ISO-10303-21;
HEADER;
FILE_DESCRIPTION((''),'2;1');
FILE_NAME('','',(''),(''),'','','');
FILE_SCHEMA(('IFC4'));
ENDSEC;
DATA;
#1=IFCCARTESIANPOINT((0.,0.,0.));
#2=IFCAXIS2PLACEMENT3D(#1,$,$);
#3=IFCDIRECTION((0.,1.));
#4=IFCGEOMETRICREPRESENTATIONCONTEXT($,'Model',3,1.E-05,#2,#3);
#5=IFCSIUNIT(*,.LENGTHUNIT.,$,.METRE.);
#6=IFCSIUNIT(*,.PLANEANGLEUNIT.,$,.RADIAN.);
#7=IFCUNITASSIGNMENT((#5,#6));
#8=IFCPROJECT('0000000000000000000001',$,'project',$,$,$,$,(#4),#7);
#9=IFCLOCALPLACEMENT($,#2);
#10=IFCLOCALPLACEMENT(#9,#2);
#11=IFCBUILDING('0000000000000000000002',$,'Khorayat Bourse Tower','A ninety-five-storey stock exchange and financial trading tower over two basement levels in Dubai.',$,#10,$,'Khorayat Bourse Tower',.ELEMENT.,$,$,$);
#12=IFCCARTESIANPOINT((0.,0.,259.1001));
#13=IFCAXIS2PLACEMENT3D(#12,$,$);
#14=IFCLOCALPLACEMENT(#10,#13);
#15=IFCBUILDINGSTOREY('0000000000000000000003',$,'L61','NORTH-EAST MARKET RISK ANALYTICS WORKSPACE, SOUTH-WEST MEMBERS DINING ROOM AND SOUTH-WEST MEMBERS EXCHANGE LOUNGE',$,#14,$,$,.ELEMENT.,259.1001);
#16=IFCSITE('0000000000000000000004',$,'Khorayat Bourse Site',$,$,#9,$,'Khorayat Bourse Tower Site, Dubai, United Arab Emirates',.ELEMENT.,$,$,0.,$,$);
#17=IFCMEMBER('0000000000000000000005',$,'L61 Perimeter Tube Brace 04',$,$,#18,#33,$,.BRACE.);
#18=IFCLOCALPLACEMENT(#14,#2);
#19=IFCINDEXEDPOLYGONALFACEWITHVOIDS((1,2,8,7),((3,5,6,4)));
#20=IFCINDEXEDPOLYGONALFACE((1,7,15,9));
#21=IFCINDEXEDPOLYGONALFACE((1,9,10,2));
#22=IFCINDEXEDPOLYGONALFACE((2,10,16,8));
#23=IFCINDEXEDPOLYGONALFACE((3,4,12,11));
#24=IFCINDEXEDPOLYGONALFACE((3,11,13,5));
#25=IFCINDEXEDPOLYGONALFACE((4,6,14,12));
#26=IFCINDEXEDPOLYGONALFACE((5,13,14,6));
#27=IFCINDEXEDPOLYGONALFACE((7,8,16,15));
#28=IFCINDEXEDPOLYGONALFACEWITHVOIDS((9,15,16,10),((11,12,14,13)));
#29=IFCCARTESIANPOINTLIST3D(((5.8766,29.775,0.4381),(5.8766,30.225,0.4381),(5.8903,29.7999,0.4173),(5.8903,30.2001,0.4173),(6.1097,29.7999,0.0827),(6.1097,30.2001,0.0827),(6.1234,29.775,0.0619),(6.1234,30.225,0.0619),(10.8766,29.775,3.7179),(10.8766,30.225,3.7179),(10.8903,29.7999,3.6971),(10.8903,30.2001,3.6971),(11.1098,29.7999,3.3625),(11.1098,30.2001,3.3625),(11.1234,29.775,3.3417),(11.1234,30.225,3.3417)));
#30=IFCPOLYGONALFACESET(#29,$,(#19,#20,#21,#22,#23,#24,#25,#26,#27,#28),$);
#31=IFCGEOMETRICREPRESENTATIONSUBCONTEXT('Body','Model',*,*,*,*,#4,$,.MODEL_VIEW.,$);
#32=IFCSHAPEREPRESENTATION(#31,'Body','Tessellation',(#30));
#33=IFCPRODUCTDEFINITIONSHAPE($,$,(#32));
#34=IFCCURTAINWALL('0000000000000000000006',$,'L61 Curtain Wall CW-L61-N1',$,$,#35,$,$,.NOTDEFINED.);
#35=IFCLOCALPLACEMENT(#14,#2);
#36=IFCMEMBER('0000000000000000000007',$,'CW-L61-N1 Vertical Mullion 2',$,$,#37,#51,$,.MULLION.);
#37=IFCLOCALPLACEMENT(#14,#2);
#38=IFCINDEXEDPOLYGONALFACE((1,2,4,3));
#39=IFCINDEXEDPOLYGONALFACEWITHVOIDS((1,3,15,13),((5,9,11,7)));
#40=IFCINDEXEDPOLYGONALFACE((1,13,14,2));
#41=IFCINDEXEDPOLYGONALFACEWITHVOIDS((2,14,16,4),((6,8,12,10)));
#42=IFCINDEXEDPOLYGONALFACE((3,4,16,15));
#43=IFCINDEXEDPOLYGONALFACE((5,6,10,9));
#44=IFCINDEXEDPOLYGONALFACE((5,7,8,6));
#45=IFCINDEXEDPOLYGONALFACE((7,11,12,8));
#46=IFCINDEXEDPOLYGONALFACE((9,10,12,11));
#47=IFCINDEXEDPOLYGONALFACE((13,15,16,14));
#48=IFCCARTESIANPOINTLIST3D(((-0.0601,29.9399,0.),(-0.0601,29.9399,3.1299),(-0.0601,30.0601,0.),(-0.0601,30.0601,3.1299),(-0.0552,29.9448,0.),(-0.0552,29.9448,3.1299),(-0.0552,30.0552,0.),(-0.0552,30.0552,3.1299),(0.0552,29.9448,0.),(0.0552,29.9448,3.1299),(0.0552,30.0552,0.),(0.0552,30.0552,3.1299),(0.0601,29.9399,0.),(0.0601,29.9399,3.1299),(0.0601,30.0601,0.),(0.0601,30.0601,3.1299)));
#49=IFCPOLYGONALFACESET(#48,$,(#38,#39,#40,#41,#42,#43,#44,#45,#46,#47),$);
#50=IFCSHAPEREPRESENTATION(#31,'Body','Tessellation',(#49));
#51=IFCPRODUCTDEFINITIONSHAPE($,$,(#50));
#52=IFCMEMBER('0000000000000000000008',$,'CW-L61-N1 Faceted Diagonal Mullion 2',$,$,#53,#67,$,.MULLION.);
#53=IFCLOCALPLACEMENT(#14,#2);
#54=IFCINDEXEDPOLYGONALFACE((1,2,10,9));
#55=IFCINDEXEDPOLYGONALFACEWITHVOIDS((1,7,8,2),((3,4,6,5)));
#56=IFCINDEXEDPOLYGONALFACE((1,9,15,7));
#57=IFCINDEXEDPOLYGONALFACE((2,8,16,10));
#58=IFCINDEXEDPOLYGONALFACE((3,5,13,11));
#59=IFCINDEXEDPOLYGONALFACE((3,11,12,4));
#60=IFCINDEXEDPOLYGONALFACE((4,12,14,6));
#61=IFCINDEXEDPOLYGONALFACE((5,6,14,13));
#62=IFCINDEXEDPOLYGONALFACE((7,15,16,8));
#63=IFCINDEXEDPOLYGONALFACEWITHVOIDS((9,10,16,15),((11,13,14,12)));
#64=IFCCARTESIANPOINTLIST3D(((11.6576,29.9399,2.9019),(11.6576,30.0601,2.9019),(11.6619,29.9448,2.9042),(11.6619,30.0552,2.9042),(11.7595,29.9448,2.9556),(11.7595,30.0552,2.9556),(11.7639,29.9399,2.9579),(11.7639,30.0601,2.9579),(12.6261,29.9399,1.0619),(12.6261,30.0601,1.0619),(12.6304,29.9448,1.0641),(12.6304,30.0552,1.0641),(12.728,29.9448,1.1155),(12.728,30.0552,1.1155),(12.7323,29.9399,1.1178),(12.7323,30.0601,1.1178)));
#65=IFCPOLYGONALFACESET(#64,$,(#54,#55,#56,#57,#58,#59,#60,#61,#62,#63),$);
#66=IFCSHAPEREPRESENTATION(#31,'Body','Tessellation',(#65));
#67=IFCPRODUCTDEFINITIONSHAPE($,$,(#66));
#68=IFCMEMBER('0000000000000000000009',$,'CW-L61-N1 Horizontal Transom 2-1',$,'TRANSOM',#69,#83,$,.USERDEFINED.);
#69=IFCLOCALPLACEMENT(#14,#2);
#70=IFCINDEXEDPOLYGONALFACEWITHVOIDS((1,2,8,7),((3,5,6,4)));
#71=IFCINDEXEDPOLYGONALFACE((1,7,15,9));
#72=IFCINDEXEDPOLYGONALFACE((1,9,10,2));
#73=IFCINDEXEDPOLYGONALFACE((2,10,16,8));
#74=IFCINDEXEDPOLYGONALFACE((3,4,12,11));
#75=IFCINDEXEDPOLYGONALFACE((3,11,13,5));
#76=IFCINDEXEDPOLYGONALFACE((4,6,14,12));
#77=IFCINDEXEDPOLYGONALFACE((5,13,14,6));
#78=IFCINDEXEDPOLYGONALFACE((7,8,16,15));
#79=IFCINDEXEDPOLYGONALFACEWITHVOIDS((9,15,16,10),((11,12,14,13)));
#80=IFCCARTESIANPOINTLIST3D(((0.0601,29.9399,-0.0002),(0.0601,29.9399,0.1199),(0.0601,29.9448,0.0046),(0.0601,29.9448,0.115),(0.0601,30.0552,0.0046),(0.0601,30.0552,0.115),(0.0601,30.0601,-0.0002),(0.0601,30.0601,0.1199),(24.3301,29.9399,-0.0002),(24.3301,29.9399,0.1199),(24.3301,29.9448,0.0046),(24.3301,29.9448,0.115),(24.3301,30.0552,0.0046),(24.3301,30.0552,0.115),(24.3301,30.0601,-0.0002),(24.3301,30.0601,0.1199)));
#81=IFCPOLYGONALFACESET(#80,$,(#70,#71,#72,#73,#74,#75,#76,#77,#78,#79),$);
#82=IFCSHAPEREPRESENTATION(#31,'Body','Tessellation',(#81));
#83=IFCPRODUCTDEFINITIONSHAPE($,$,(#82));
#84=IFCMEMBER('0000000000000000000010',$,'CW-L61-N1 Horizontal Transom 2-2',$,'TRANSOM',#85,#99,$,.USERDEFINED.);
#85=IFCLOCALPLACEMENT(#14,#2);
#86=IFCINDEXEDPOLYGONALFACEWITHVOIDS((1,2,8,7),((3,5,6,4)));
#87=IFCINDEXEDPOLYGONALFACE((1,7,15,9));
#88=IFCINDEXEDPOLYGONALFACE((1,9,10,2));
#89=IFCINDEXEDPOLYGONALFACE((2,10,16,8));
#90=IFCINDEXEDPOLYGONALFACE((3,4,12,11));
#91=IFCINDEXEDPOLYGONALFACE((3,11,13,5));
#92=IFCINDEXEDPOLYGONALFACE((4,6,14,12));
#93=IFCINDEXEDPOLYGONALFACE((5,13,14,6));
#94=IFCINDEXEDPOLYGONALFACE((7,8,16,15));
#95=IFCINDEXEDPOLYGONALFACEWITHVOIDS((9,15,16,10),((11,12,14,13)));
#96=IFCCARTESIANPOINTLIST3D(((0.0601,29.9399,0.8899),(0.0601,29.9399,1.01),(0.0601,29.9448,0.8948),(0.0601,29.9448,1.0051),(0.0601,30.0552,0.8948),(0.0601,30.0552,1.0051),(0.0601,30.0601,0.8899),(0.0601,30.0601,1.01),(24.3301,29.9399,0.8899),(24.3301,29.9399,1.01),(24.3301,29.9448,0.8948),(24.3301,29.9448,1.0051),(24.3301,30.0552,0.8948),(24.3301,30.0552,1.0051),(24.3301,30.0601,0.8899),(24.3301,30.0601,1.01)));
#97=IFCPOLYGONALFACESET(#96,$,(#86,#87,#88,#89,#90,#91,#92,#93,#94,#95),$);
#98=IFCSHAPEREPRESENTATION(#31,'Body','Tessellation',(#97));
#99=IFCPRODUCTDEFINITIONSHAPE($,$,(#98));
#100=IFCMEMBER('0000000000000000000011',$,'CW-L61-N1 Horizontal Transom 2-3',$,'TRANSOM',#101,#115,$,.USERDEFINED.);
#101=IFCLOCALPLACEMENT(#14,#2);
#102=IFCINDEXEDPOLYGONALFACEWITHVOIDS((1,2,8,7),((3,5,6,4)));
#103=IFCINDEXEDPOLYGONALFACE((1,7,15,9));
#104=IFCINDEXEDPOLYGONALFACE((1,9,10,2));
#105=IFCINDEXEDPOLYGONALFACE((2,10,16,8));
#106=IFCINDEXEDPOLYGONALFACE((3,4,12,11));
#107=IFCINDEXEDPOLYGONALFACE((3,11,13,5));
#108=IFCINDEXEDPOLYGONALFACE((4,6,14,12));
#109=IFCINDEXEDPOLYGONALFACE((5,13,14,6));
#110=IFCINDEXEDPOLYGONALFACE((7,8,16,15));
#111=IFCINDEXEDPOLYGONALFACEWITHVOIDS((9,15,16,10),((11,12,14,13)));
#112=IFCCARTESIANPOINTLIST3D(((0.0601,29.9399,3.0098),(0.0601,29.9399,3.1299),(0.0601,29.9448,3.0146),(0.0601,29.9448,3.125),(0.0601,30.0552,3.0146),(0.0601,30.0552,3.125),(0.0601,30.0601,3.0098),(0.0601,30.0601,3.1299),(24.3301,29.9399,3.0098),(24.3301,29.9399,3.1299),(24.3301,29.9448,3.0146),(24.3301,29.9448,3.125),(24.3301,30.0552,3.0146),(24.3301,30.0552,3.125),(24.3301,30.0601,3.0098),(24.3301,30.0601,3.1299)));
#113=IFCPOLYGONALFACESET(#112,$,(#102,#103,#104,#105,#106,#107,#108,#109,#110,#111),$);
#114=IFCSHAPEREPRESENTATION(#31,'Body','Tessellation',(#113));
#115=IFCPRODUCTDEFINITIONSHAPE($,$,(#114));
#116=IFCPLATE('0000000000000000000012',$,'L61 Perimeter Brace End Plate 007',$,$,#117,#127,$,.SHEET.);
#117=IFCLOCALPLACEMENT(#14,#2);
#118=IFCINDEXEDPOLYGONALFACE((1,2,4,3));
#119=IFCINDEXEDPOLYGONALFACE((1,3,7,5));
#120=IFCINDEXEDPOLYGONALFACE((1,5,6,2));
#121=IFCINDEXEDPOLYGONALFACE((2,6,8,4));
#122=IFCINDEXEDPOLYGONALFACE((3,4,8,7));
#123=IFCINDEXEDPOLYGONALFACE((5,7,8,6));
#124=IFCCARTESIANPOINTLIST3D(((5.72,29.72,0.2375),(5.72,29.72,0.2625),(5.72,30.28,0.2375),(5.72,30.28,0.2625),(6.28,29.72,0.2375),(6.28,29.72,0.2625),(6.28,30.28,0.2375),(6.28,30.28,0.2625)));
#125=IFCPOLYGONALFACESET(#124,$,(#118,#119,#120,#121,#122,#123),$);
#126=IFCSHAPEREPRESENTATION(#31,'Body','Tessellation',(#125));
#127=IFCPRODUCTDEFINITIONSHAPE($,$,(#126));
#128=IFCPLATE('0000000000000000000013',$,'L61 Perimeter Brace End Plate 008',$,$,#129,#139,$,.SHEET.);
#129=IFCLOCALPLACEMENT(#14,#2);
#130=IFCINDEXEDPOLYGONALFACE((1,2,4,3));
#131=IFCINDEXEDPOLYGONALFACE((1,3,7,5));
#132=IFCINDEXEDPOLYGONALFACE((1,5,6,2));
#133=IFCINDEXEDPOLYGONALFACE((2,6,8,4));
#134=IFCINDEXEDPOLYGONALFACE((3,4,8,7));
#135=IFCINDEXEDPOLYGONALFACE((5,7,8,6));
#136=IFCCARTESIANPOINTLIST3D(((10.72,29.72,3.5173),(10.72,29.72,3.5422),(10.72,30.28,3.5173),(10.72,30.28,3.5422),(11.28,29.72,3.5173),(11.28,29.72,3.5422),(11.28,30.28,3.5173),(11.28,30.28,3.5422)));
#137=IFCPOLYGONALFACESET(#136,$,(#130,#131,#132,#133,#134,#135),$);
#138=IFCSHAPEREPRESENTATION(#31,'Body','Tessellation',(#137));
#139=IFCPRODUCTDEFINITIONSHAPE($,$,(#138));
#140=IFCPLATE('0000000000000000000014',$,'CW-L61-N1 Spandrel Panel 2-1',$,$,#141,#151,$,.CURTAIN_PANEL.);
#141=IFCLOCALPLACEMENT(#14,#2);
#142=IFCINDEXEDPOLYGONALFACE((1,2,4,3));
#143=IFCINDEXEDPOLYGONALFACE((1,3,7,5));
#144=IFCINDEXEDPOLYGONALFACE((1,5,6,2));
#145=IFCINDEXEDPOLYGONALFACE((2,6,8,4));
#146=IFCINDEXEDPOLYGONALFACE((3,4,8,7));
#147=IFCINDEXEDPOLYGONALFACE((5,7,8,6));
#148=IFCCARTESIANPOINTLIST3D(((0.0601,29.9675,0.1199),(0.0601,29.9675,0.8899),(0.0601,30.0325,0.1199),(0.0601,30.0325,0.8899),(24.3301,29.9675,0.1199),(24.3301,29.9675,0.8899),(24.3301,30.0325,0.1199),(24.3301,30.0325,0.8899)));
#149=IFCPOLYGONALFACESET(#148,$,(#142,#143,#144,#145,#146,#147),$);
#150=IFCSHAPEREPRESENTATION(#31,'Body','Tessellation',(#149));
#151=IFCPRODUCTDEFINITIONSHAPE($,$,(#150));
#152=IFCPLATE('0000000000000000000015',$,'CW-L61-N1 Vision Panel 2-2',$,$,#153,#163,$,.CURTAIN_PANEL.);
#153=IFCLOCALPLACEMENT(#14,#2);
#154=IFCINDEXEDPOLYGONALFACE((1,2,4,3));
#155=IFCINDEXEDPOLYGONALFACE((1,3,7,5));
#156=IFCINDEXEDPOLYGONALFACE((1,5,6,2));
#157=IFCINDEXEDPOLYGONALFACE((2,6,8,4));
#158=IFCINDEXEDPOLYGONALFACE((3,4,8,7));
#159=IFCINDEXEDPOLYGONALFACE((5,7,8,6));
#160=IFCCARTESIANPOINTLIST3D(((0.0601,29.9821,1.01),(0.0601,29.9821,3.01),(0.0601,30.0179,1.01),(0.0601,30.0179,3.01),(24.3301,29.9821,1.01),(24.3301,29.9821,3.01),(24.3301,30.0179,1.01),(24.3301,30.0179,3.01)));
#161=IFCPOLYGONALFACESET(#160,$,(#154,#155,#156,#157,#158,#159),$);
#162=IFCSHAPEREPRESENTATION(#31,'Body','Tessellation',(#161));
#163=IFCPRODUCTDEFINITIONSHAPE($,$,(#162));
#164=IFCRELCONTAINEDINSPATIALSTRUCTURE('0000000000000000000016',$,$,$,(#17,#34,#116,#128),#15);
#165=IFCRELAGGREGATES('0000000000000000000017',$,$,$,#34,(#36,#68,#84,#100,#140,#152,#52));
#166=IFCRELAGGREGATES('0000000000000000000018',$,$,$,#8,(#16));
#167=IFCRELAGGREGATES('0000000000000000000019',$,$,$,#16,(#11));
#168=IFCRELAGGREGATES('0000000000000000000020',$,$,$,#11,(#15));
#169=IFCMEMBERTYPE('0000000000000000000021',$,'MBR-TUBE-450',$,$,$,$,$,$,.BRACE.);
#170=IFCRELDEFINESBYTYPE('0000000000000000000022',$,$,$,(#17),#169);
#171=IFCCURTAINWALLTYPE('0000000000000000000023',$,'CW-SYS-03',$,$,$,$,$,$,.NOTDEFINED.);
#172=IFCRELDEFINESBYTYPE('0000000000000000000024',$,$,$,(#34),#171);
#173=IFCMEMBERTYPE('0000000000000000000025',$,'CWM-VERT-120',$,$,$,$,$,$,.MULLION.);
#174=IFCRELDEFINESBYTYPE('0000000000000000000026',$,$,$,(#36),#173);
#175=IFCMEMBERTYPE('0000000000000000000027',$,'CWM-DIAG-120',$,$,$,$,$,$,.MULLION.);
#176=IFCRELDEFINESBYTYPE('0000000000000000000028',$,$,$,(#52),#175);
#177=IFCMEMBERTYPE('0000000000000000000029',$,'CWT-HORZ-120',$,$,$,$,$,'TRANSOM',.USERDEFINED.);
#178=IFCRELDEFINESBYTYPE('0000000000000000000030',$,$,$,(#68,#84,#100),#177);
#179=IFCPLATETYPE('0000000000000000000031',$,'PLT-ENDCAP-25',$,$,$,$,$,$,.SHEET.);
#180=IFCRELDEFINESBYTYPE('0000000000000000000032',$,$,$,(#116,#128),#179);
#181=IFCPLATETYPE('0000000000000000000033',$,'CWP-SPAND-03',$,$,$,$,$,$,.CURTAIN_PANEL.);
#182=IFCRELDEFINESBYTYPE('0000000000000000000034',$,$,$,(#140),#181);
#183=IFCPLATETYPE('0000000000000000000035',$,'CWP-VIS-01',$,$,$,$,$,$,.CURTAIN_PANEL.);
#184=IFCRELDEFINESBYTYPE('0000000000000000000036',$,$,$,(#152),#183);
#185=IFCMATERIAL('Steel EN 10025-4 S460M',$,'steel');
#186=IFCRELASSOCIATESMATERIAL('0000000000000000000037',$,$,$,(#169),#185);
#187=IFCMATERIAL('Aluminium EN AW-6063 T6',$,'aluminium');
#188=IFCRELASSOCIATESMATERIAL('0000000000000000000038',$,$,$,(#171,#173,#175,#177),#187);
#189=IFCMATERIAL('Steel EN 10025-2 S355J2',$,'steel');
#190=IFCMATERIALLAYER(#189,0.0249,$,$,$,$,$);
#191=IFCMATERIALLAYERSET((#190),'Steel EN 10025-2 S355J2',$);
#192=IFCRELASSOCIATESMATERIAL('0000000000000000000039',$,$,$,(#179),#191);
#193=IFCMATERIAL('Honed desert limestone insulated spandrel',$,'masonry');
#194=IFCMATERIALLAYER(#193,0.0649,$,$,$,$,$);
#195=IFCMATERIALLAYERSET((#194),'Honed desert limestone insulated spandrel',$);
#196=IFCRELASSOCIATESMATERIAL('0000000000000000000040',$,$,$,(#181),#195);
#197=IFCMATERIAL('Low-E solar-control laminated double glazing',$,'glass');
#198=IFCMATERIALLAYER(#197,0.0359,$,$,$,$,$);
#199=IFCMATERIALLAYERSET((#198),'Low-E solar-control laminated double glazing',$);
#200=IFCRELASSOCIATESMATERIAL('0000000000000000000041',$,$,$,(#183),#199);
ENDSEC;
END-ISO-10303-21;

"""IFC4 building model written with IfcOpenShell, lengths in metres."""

from ifc_helpers import new_model, si_unit, direction, frame, origin, origin_2d, place, context, subcontext, project, spatial, rectangle, hollow_rectangle, extrude, source, transform, mapped, material, layer, layer_set, material_profile, profile_set, type_object, element, aggregate, save


model = new_model("IFC4")

# Units and contexts
model_context = context("Model", 3, precision=1e-05, world=origin(), true_north=direction((0.0, 1.0)))
body_context = subcontext(model_context, "Body", "Model", "MODEL_VIEW")
ifc_project = project(units=[si_unit("LENGTHUNIT", "METRE"), si_unit("PLANEANGLEUNIT", "RADIAN")], contexts=[model_context])

# Site, building, storey
site_placement = place(None, origin())
site = spatial("IfcSite", under=ifc_project, at=site_placement, Name="Khorayat Bourse Site", LongName="Khorayat Bourse Tower Site, Dubai, United Arab Emirates", CompositionType="ELEMENT", RefElevation=0.0)
building_placement = place(site_placement, origin())
building = spatial("IfcBuilding", under=site, at=building_placement, Name="Khorayat Bourse Tower", Description="A ninety-five-storey stock exchange and financial trading tower over two basement levels in Dubai.", LongName="Khorayat Bourse Tower", CompositionType="ELEMENT")
storey_placement = place(building_placement, frame((0.0, 0.0, 259.1001)))
storey = spatial("IfcBuildingStorey", under=building, at=storey_placement, Name="L61", Description="NORTH-EAST MARKET RISK ANALYTICS WORKSPACE, SOUTH-WEST MEMBERS DINING ROOM AND SOUTH-WEST MEMBERS EXCHANGE LOUNGE", CompositionType="ELEMENT", Elevation=259.1001)

# Shared definitions
ifc_material_1 = material(Name="Steel EN 10025-4 S460M", Category="steel")

# Member
ifc_material_profile_1 = material_profile(ifc_material_1, hollow_rectangle(XDim=0.45, YDim=0.45, WallThickness=0.0249, at=origin_2d()), Name="HSS 450x450x25")
ifc_profile_set_1 = profile_set([ifc_material_profile_1], Name="Steel EN 10025-4 S460M")
member_type_1 = type_object("IfcMemberType", Name="MBR-TUBE-450", PredefinedType="BRACE", material=ifc_profile_set_1)
shared_shape_1 = source(origin(), body_context, "Body", "SweptSolid", [
    extrude(hollow_rectangle(XDim=0.45, YDim=0.45, WallThickness=0.0249, at=origin_2d()), origin(), (0.0, 0.0, 1.0), 5.9797),
])
member_1_placement = place(storey_placement, frame((6.0, 30.0, 0.25), z_axis=(0.83616, 0.0, 0.548485), x_axis=(0.0, 1.0, 0.0)))
element("IfcMember", 1, at=member_1_placement, inside=storey, type_object=member_type_1, Name="L61 Perimeter Tube Brace 04", PredefinedType="BRACE", context=body_context, shape_type="MappedRepresentation", body=[
    mapped(shared_shape_1, transform((0.0, 0.0, 0.0), scale=1.0)),
])

# Curtain wall, members
ifc_material_2 = material(Name="Aluminium EN AW-6063 T6", Category="aluminium")
curtain_wall_type = type_object("IfcCurtainWallType", Name="CW-SYS-03", PredefinedType="NOTDEFINED", material=ifc_material_2)
curtain_wall_placement = place(storey_placement, origin())
curtain_wall = element("IfcCurtainWall", 2, at=curtain_wall_placement, inside=storey, type_object=curtain_wall_type, Name="L61 Curtain Wall CW-L61-N1", PredefinedType="NOTDEFINED")
ifc_material_profile_2 = material_profile(ifc_material_2, hollow_rectangle(XDim=0.1201, YDim=0.1201, WallThickness=0.0049, at=origin_2d()), Name="ALU 120x120x5")
ifc_profile_set_2 = profile_set([ifc_material_profile_2], Name="Aluminium EN AW-6063 T6")
member_type_2 = type_object("IfcMemberType", Name="CWM-VERT-120", PredefinedType="MULLION", material=ifc_profile_set_2)
shared_shape_2 = source(origin(), body_context, "Body", "SweptSolid", [
    extrude(hollow_rectangle(XDim=0.1201, YDim=0.1201, WallThickness=0.0049, at=origin_2d()), origin(), (0.0, 0.0, 1.0), 3.1299),
])
member_2_placement = place(storey_placement, frame((0.0, 30.0, 0.0), z_axis=(0.0, 0.0, 1.0), x_axis=(0.0, 1.0, 0.0)))
member_2 = element("IfcMember", 3, at=member_2_placement, type_object=member_type_2, Name="CW-L61-N1 Vertical Mullion 2", PredefinedType="MULLION", context=body_context, shape_type="MappedRepresentation", body=[
    mapped(shared_shape_2, transform((0.0, 0.0, 0.0), scale=1.0)),
])
ifc_material_profile_3 = material_profile(ifc_material_2, hollow_rectangle(XDim=0.1201, YDim=0.1201, WallThickness=0.0049, at=origin_2d()), Name="ALU 120x120x5")
ifc_profile_set_3 = profile_set([ifc_material_profile_3], Name="Aluminium EN AW-6063 T6")
member_type_3 = type_object("IfcMemberType", Name="CWM-DIAG-120", PredefinedType="MULLION", material=ifc_profile_set_3)
shared_shape_3 = source(origin(), body_context, "Body", "SweptSolid", [
    extrude(hollow_rectangle(XDim=0.1201, YDim=0.1201, WallThickness=0.0049, at=origin_2d()), origin(), (0.0, 0.0, 1.0), 2.0793),
])
member_3_placement = place(storey_placement, frame((12.6792, 30.0, 1.0898), z_axis=(-0.465761, 0.0, 0.884911), x_axis=(0.0, -1.0, 0.0)))
member_3 = element("IfcMember", 4, at=member_3_placement, type_object=member_type_3, Name="CW-L61-N1 Faceted Diagonal Mullion 2", PredefinedType="MULLION", context=body_context, shape_type="MappedRepresentation", body=[
    mapped(shared_shape_3, transform((0.0, 0.0, 0.0), scale=1.0)),
])
ifc_material_profile_4 = material_profile(ifc_material_2, hollow_rectangle(XDim=0.1201, YDim=0.1201, WallThickness=0.0049, at=origin_2d()), Name="ALU 120x120x5")
ifc_profile_set_4 = profile_set([ifc_material_profile_4], Name="Aluminium EN AW-6063 T6")
member_type_4 = type_object("IfcMemberType", Name="CWT-HORZ-120", ElementType="TRANSOM", PredefinedType="USERDEFINED", material=ifc_profile_set_4)
shared_shape_4 = source(origin(), body_context, "Body", "SweptSolid", [
    extrude(hollow_rectangle(XDim=0.1201, YDim=0.1201, WallThickness=0.0049, at=origin_2d()), origin(), (0.0, 0.0, 1.0), 24.27),
])
member_4_placement = place(storey_placement, frame((0.0601, 30.0, 0.0598), z_axis=(1.0, 0.0, 0.0), x_axis=(0.0, 1.0, 0.0)))
member_4 = element("IfcMember", 5, at=member_4_placement, type_object=member_type_4, Name="CW-L61-N1 Horizontal Transom 2-1", ObjectType="TRANSOM", PredefinedType="USERDEFINED", context=body_context, shape_type="MappedRepresentation", body=[
    mapped(shared_shape_4, transform((0.0, 0.0, 0.0), scale=1.0)),
])
member_5_placement = place(storey_placement, frame((0.0601, 30.0, 0.95), z_axis=(1.0, 0.0, 0.0), x_axis=(0.0, 1.0, 0.0)))
member_5 = element("IfcMember", 6, at=member_5_placement, type_object=member_type_4, Name="CW-L61-N1 Horizontal Transom 2-2", ObjectType="TRANSOM", PredefinedType="USERDEFINED", context=body_context, shape_type="MappedRepresentation", body=[
    mapped(shared_shape_4, transform((0.0, 0.0, 0.0), scale=1.0)),
])
member_6_placement = place(storey_placement, frame((0.0601, 30.0, 3.0698), z_axis=(1.0, 0.0, 0.0), x_axis=(0.0, 1.0, 0.0)))
member_6 = element("IfcMember", 7, at=member_6_placement, type_object=member_type_4, Name="CW-L61-N1 Horizontal Transom 2-3", ObjectType="TRANSOM", PredefinedType="USERDEFINED", context=body_context, shape_type="MappedRepresentation", body=[
    mapped(shared_shape_4, transform((0.0, 0.0, 0.0), scale=1.0)),
])

# Plates
ifc_material_3 = material(Name="Steel EN 10025-2 S355J2", Category="steel")
ifc_layer_1 = layer(ifc_material_3, 0.0249)
ifc_layer_set_1 = layer_set([ifc_layer_1], Name="Steel EN 10025-2 S355J2")
plate_type_1 = type_object("IfcPlateType", Name="PLT-ENDCAP-25", PredefinedType="SHEET", material=ifc_layer_set_1)
shared_shape_5 = source(origin(), body_context, "Body", "SweptSolid", [
    extrude(rectangle(XDim=0.5601, YDim=0.5601, at=origin_2d()), origin(), (0.0, 0.0, 1.0), 0.0249),
])
for number, where, z_axis, x_axis, name in (
    (8, (6.0, 30.0, 0.2375), (0.0, 0.0, 1.0), (1.0, 0.0, 0.0), "L61 Perimeter Brace End Plate 007"),
    (9, (11.0, 30.0, 3.5173), (0.0, 0.0, 1.0), (1.0, 0.0, 0.0), "L61 Perimeter Brace End Plate 008"),
):
    element("IfcPlate", number, at=place(storey_placement, frame(where, z_axis=z_axis, x_axis=x_axis)), inside=storey, type_object=plate_type_1, Name=name, PredefinedType="SHEET", context=body_context, shape_type="MappedRepresentation", body=[
        mapped(shared_shape_5, transform((0.0, 0.0, 0.0), scale=1.0)),
    ])

# Plates
ifc_material_4 = material(Name="Honed desert limestone insulated spandrel", Category="masonry")
ifc_layer_2 = layer(ifc_material_4, 0.0649)
ifc_layer_set_2 = layer_set([ifc_layer_2], Name="Honed desert limestone insulated spandrel")
plate_type_2 = type_object("IfcPlateType", Name="CWP-SPAND-03", PredefinedType="CURTAIN_PANEL", material=ifc_layer_set_2)
shared_shape_6 = source(origin(), body_context, "Body", "SweptSolid", [
    extrude(rectangle(XDim=24.27, YDim=0.0649, at=origin_2d()), origin(), (0.0, 0.0, 1.0), 0.77),
])
plate_1_placement = place(storey_placement, frame((12.1951, 30.0, 0.1199), z_axis=(0.0, 0.0, 1.0), x_axis=(1.0, 0.0, 0.0)))
plate_1 = element("IfcPlate", 10, at=plate_1_placement, type_object=plate_type_2, Name="CW-L61-N1 Spandrel Panel 2-1", PredefinedType="CURTAIN_PANEL", context=body_context, shape_type="MappedRepresentation", body=[
    mapped(shared_shape_6, transform((0.0, 0.0, 0.0), scale=1.0)),
])
ifc_material_5 = material(Name="Low-E solar-control laminated double glazing", Category="glass")
ifc_layer_3 = layer(ifc_material_5, 0.0359)
ifc_layer_set_3 = layer_set([ifc_layer_3], Name="Low-E solar-control laminated double glazing")
plate_type_3 = type_object("IfcPlateType", Name="CWP-VIS-01", PredefinedType="CURTAIN_PANEL", material=ifc_layer_set_3)
shared_shape_7 = source(origin(), body_context, "Body", "SweptSolid", [
    extrude(rectangle(XDim=24.27, YDim=0.0359, at=origin_2d()), origin(), (0.0, 0.0, 1.0), 2.0),
])
plate_2_placement = place(storey_placement, frame((12.1951, 30.0, 1.01), z_axis=(0.0, 0.0, 1.0), x_axis=(1.0, 0.0, 0.0)))
plate_2 = element("IfcPlate", 11, at=plate_2_placement, type_object=plate_type_3, Name="CW-L61-N1 Vision Panel 2-2", PredefinedType="CURTAIN_PANEL", context=body_context, shape_type="MappedRepresentation", body=[
    mapped(shared_shape_7, transform((0.0, 0.0, 0.0), scale=1.0)),
])
aggregate(curtain_wall, [member_2, member_4, member_5, member_6, plate_1, plate_2, member_3])

save(model, "model.ifc")
